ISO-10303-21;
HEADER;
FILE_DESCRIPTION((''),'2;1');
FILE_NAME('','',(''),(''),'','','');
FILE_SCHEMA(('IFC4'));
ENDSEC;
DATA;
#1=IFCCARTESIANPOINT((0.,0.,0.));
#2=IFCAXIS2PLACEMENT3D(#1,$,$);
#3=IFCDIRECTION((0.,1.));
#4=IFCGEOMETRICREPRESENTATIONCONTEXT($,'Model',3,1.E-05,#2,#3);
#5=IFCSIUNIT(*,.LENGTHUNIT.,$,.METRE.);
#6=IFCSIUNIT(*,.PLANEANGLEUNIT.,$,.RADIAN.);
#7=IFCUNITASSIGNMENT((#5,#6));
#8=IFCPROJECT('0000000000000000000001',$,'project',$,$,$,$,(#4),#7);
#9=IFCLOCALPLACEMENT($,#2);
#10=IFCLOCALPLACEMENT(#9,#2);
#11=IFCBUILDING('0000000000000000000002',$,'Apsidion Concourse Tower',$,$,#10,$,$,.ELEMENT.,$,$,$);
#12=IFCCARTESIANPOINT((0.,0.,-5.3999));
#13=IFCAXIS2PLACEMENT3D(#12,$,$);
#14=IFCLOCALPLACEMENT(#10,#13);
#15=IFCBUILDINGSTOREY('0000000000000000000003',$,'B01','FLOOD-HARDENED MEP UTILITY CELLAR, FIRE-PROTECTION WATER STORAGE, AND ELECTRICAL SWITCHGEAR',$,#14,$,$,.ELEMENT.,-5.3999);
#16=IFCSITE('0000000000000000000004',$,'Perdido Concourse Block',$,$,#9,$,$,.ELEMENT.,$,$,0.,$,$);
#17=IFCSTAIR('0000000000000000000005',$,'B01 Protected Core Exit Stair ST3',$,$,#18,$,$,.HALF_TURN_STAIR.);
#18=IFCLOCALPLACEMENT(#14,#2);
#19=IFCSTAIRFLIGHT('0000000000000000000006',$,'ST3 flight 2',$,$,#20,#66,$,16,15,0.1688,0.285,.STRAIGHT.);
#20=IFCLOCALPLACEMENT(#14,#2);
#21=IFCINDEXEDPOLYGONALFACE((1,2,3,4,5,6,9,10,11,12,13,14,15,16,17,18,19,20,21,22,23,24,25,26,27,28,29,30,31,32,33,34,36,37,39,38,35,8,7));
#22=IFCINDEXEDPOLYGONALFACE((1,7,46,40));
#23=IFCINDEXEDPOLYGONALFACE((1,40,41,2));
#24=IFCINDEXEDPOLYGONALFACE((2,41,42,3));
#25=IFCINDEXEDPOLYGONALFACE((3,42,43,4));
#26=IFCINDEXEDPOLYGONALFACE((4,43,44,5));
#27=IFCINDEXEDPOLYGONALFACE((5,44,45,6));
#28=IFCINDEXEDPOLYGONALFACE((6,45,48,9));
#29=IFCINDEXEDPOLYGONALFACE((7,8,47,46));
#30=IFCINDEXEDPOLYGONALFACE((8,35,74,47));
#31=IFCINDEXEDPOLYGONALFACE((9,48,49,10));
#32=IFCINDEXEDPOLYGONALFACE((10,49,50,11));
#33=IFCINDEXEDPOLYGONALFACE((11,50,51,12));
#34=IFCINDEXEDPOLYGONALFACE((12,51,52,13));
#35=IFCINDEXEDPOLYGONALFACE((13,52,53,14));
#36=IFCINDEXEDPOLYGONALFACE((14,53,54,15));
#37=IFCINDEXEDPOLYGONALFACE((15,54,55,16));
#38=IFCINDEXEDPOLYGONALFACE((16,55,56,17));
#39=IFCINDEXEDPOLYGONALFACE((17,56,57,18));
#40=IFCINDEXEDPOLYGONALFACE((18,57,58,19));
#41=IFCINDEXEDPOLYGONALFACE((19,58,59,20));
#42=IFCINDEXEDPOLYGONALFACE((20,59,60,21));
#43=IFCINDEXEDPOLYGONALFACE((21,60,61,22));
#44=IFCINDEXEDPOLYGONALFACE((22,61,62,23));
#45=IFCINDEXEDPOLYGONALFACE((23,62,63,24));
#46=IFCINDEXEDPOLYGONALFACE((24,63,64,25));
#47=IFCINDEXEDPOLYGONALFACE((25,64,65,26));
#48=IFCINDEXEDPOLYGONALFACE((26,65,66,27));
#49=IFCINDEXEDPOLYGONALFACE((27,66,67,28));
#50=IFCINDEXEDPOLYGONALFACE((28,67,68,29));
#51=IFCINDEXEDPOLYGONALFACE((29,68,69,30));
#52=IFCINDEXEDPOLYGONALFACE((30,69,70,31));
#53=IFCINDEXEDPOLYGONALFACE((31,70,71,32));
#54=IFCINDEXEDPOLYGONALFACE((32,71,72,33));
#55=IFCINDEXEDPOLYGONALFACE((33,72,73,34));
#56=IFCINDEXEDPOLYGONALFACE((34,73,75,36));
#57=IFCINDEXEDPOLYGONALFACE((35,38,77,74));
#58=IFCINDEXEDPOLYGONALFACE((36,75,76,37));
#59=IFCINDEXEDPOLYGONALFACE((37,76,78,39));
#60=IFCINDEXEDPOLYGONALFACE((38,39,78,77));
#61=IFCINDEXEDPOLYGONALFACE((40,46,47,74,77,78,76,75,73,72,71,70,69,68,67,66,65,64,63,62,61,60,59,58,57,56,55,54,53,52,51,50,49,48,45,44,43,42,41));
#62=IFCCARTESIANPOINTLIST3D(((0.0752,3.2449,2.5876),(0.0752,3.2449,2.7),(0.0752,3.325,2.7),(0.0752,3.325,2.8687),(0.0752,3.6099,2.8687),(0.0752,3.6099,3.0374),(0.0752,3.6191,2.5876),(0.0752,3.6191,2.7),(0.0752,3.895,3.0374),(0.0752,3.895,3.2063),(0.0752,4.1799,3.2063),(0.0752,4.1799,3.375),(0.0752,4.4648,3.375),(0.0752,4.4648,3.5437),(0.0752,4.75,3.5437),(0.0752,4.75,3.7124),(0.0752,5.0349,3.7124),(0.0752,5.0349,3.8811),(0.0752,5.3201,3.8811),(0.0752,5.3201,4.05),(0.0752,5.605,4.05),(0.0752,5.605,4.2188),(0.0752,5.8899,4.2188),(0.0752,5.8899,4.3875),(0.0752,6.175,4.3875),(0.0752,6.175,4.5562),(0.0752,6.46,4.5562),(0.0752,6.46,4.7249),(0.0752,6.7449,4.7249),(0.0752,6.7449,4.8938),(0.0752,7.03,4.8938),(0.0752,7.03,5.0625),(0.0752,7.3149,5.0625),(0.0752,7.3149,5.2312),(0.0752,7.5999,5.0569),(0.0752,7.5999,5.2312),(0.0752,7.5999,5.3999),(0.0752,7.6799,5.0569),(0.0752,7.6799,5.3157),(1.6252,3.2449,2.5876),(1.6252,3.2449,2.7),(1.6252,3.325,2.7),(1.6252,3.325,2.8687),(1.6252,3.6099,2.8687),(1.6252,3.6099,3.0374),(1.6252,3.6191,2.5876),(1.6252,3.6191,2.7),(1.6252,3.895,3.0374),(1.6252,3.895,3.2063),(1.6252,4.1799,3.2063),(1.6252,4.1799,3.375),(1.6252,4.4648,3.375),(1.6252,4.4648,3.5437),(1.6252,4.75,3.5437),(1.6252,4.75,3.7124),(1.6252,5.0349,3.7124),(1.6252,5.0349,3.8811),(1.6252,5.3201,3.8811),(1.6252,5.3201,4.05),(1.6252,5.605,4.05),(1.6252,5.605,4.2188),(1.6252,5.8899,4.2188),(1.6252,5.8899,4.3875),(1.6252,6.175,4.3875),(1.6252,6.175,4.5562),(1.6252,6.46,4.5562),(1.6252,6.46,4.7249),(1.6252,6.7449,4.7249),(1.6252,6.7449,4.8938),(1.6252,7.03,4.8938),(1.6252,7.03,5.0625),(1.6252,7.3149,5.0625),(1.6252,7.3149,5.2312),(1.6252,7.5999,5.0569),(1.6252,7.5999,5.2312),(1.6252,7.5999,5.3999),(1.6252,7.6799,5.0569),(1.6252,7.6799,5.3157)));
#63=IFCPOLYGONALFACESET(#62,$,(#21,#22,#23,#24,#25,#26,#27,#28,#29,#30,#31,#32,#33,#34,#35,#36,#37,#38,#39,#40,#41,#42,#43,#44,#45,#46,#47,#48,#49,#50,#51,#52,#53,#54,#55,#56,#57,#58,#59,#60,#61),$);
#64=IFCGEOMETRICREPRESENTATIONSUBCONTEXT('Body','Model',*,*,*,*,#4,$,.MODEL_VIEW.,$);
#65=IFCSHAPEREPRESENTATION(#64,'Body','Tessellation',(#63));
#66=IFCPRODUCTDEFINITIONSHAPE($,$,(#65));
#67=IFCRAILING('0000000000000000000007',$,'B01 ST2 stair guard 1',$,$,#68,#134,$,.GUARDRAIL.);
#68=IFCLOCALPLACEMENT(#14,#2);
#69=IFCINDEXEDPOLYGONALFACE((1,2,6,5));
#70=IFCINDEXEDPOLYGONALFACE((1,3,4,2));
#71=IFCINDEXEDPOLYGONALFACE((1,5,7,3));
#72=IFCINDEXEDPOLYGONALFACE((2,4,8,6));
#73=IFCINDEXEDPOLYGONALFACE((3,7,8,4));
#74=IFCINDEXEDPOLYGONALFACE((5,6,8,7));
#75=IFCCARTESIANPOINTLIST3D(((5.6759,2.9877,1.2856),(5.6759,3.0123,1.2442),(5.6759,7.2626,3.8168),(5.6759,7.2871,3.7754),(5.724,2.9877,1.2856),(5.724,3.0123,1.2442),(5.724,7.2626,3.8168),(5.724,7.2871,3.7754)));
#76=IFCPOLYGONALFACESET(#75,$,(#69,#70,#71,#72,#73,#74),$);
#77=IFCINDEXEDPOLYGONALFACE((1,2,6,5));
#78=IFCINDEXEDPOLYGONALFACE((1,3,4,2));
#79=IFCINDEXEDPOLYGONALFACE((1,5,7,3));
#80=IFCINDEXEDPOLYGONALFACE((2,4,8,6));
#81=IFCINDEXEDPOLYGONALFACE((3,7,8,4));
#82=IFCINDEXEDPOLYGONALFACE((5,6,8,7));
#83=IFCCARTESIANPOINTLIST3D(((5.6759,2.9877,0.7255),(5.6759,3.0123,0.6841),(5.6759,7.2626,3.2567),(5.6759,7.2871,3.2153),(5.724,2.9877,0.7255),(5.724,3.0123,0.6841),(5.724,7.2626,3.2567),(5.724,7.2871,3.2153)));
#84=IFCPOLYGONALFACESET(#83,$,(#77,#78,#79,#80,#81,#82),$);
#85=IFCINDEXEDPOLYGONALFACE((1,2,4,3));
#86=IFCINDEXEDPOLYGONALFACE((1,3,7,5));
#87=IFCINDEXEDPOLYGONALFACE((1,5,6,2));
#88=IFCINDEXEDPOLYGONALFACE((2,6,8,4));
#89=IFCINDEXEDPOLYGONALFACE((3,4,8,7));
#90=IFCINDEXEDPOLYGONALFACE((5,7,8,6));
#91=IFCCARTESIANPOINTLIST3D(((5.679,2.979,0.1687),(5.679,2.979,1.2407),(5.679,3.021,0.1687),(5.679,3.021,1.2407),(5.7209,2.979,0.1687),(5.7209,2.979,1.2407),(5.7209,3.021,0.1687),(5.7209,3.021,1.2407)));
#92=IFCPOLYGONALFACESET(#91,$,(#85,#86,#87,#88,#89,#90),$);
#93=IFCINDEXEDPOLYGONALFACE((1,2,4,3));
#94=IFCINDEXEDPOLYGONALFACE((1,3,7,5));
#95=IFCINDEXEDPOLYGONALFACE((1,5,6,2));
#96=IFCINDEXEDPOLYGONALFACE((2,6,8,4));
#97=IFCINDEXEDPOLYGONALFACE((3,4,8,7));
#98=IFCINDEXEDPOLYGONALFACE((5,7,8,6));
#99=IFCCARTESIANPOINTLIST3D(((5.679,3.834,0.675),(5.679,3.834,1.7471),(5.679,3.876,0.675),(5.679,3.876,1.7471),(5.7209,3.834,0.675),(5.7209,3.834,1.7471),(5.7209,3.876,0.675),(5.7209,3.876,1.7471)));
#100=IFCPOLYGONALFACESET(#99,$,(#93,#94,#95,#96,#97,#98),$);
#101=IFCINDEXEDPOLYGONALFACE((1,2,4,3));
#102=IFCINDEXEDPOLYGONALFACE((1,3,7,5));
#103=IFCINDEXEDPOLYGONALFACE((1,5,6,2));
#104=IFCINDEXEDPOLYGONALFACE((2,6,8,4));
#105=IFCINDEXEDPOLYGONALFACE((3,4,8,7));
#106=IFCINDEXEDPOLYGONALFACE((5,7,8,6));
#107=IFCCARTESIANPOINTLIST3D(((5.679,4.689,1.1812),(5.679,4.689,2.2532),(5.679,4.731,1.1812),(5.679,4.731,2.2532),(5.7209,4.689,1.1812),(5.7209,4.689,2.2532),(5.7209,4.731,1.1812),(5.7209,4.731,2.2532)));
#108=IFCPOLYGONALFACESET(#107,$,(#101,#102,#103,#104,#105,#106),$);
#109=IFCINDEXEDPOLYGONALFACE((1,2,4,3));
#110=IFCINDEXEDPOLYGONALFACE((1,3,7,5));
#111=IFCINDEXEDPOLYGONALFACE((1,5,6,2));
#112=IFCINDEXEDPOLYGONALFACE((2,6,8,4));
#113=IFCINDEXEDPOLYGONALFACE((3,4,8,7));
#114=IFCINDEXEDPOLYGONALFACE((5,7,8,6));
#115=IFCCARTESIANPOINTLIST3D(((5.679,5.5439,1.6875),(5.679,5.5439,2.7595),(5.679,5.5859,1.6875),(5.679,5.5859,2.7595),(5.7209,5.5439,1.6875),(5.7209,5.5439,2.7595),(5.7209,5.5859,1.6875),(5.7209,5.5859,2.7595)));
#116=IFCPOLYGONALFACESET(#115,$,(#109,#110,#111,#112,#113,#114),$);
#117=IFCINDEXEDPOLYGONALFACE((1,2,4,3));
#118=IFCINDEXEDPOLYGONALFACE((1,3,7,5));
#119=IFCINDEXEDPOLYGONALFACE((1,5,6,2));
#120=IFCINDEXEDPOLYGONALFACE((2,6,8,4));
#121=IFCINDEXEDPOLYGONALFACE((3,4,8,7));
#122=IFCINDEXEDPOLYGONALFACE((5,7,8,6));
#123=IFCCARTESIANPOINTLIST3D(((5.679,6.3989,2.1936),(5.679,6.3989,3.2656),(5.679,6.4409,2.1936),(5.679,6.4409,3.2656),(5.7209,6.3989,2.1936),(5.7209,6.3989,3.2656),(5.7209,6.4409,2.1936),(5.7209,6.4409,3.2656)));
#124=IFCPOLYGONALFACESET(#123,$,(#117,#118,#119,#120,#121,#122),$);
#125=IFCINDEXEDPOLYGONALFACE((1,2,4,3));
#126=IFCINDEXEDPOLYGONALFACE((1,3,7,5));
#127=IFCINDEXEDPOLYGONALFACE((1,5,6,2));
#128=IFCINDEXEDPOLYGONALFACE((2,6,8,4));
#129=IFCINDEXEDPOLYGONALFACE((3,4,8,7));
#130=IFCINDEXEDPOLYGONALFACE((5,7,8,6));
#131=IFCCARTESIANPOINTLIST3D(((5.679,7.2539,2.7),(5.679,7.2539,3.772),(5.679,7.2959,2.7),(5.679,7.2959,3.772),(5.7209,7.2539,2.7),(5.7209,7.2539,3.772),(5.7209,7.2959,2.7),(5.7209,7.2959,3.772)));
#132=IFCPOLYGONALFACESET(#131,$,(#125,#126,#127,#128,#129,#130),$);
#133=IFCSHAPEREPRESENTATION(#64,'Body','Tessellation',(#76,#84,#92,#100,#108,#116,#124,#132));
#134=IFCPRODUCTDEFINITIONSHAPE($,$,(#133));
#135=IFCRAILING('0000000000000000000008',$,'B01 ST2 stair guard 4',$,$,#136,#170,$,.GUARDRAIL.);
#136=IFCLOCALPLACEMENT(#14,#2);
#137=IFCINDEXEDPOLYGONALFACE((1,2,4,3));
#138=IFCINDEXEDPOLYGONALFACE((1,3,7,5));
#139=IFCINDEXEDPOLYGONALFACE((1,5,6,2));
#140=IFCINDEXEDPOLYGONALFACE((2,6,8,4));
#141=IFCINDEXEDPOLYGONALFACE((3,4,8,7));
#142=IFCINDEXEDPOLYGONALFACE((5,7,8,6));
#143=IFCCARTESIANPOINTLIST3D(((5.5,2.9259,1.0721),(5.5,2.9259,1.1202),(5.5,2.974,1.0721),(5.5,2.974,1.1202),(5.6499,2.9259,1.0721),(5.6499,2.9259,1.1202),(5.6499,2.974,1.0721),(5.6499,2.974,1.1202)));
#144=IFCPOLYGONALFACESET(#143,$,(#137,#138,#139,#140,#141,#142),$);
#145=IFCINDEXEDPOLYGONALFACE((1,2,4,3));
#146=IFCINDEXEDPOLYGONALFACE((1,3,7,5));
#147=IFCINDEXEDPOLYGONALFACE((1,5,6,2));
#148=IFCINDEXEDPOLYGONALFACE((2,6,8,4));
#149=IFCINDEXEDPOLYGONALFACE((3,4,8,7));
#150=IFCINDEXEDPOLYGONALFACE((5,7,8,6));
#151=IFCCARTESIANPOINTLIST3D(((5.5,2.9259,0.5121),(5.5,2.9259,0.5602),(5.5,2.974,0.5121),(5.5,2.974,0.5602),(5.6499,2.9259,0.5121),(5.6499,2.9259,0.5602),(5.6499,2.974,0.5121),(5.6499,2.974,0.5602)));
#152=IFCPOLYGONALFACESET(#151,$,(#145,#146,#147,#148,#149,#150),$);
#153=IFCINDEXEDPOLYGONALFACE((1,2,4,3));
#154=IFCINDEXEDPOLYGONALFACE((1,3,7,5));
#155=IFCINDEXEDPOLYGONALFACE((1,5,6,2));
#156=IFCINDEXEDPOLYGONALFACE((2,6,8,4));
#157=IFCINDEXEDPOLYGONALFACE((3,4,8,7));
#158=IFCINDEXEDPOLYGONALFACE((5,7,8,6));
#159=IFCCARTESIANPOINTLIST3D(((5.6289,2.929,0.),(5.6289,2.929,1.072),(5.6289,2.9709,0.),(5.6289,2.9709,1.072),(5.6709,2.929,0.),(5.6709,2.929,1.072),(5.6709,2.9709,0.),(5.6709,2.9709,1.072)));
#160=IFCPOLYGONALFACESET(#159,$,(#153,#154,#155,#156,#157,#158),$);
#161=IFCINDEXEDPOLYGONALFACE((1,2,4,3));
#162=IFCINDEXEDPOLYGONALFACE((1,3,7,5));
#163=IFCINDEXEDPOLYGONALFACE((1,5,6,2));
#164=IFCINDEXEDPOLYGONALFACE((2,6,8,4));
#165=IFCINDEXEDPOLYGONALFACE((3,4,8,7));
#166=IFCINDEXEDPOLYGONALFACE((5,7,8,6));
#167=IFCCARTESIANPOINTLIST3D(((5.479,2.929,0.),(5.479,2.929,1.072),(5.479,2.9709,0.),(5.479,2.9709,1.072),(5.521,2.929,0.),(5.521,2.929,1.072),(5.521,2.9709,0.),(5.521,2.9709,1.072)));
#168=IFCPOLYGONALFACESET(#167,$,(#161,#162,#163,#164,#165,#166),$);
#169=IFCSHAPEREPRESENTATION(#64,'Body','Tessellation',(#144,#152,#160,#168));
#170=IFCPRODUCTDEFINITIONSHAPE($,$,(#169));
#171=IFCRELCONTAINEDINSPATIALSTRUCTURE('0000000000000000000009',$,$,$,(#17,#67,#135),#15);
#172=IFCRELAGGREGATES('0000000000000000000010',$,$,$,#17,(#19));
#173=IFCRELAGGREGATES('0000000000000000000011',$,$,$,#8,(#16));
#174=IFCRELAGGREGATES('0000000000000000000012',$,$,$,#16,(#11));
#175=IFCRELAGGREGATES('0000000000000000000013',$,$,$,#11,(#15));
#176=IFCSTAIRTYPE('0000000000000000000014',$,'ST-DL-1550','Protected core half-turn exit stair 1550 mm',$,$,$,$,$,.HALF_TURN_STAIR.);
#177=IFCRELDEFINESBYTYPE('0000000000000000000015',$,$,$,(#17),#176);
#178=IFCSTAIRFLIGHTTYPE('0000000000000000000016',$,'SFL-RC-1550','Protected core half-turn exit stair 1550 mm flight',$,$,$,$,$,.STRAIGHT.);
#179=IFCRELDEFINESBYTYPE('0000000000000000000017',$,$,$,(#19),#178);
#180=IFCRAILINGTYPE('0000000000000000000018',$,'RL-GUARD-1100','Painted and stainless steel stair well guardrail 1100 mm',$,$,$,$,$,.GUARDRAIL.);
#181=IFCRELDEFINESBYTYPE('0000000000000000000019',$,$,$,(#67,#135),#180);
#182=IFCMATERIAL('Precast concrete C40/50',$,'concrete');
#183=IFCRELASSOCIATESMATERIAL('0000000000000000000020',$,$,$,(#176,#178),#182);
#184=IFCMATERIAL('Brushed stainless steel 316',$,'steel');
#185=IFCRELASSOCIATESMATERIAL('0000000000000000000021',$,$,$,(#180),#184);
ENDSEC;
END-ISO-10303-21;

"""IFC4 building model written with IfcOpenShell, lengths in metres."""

from ifc_helpers import new_model, si_unit, direction, frame, origin, origin_2d, place, context, subcontext, project, spatial, polyline, rectangle, outline, extrude, material, type_object, element, aggregate, save


model = new_model("IFC4")

# Units and contexts
model_context = context("Model", 3, precision=1e-05, world=origin(), true_north=direction((0.0, 1.0)))
body_context = subcontext(model_context, "Body", "Model", "MODEL_VIEW")
ifc_project = project(units=[si_unit("LENGTHUNIT", "METRE"), si_unit("PLANEANGLEUNIT", "RADIAN")], contexts=[model_context])

# Site, building, storey
site_placement = place(None, origin())
site = spatial("IfcSite", under=ifc_project, at=site_placement, Name="Perdido Concourse Block", CompositionType="ELEMENT", RefElevation=0.0)
building_placement = place(site_placement, origin())
building = spatial("IfcBuilding", under=site, at=building_placement, Name="Apsidion Concourse Tower", CompositionType="ELEMENT")
storey_placement = place(building_placement, frame((0.0, 0.0, -5.3999)))
storey = spatial("IfcBuildingStorey", under=building, at=storey_placement, Name="B01", Description="FLOOD-HARDENED MEP UTILITY CELLAR, FIRE-PROTECTION WATER STORAGE, AND ELECTRICAL SWITCHGEAR", CompositionType="ELEMENT", Elevation=-5.3999)

# Stair
ifc_material_1 = material(Name="Precast concrete C40/50", Category="concrete")
stair_type = type_object("IfcStairType", Name="ST-DL-1550", Description="Protected core half-turn exit stair 1550 mm", PredefinedType="HALF_TURN_STAIR", material=ifc_material_1)
stair_1_placement = place(storey_placement, origin())
stair_1 = element("IfcStair", 1, at=stair_1_placement, inside=storey, type_object=stair_type, Name="B01 Protected Core Exit Stair ST3", PredefinedType="HALF_TURN_STAIR")

# Stair flight
stair_flight_type = type_object("IfcStairFlightType", Name="SFL-RC-1550", Description="Protected core half-turn exit stair 1550 mm flight", PredefinedType="STRAIGHT", material=ifc_material_1)
stair_flight_1_placement = place(storey_placement, frame((0.8501, 3.325, 2.7), z_axis=(0.0, 0.0, 1.0), x_axis=(0.0, 1.0, 0.0)))
stair_flight_1 = element("IfcStairFlight", 2, at=stair_flight_1_placement, type_object=stair_flight_type, Name="ST3 flight 2", NumberOfRisers=16, NumberOfTreads=15, PredefinedType="STRAIGHT", RiserHeight=0.1688, TreadLength=0.285, context=body_context, shape_type="SweptSolid", body=[
    extrude(outline(polyline([(-0.0801, -0.1123), (-0.0801, 0.0), (0.0, 0.0), (0.0, 0.1687), (0.2849, 0.1687), (0.2849, 0.3374), (0.5701, 0.3374), (0.5701, 0.5063), (0.855, 0.5063), (0.855, 0.675), (1.1399, 0.675), (1.1399, 0.8438), (1.425, 0.8438), (1.425, 1.0125), (1.71, 1.0125), (1.71, 1.1812), (1.9951, 1.1812), (1.9951, 1.3501), (2.28, 1.3501), (2.28, 1.5188), (2.5649, 1.5188), (2.5649, 1.6875), (2.8501, 1.6875), (2.8501, 1.8562), (3.135, 1.8562), (3.135, 2.0249), (3.4199, 2.0249), (3.4199, 2.1938), (3.7051, 2.1938), (3.7051, 2.3625), (3.99, 2.3625), (3.99, 2.5312), (4.2749, 2.5312), (4.2749, 2.7), (4.355, 2.6157), (4.355, 2.3569), (4.2749, 2.3569), (0.2942, 0.0), (0.2942, -0.1123), (-0.0801, -0.1123)])), frame((0.0, 0.7749, 0.0), z_axis=(0.0, -1.0, 0.0), x_axis=(1.0, 0.0, 0.0)), (0.0, 0.0, 1.0), 1.55),
])
aggregate(stair_1, [stair_flight_1])

# Railings
ifc_material_2 = material(Name="Brushed stainless steel 316", Category="steel")
railing_type_1 = type_object("IfcRailingType", Name="RL-GUARD-1100", Description="Painted and stainless steel stair well guardrail 1100 mm", PredefinedType="GUARDRAIL", material=ifc_material_2)
railing_1_placement = place(storey_placement, frame((5.7, 3.0, 0.1687)))
element("IfcRailing", 3, at=railing_1_placement, inside=storey, type_object=railing_type_1, Name="B01 ST2 stair guard 1", PredefinedType="GUARDRAIL", context=body_context, shape_type="SweptSolid", body=[
    extrude(rectangle(XDim=0.0481, YDim=0.0481, at=origin_2d()), frame((0.0, 0.0, 1.0962), z_axis=(0.0, 0.86047, 0.509501), x_axis=(-1.0, 0.0, 0.0)), (0.0, 0.0, 1.0), 4.968),
    extrude(rectangle(XDim=0.0481, YDim=0.0481, at=origin_2d()), frame((0.0, 0.0, 0.5361), z_axis=(0.0, 0.86047, 0.509501), x_axis=(-1.0, 0.0, 0.0)), (0.0, 0.0, 1.0), 4.968),
    extrude(rectangle(XDim=0.042, YDim=0.042, at=origin_2d()), origin(), (0.0, 0.0, 1.0), 1.072),
    extrude(rectangle(XDim=0.042, YDim=0.042, at=origin_2d()), frame((0.0, 0.855, 0.5063)), (0.0, 0.0, 1.0), 1.072),
    extrude(rectangle(XDim=0.042, YDim=0.042, at=origin_2d()), frame((0.0, 1.71, 1.0125)), (0.0, 0.0, 1.0), 1.072),
    extrude(rectangle(XDim=0.042, YDim=0.042, at=origin_2d()), frame((0.0, 2.5649, 1.5188)), (0.0, 0.0, 1.0), 1.072),
    extrude(rectangle(XDim=0.042, YDim=0.042, at=origin_2d()), frame((0.0, 3.4199, 2.0249)), (0.0, 0.0, 1.0), 1.072),
    extrude(rectangle(XDim=0.042, YDim=0.042, at=origin_2d()), frame((0.0, 4.2749, 2.5312)), (0.0, 0.0, 1.0), 1.072),
])
railing_2_placement = place(storey_placement, frame((5.6499, 2.95, 0.0)))
element("IfcRailing", 4, at=railing_2_placement, inside=storey, type_object=railing_type_1, Name="B01 ST2 stair guard 4", PredefinedType="GUARDRAIL", context=body_context, shape_type="SweptSolid", body=[
    extrude(rectangle(XDim=0.0481, YDim=0.0481, at=origin_2d()), frame((0.0, 0.0, 1.0962), z_axis=(-1.0, 0.0, 0.0), x_axis=(0.0, -1.0, 0.0)), (0.0, 0.0, 1.0), 0.1499),
    extrude(rectangle(XDim=0.0481, YDim=0.0481, at=origin_2d()), frame((0.0, 0.0, 0.5361), z_axis=(-1.0, 0.0, 0.0), x_axis=(0.0, -1.0, 0.0)), (0.0, 0.0, 1.0), 0.1499),
    extrude(rectangle(XDim=0.042, YDim=0.042, at=origin_2d()), origin(), (0.0, 0.0, 1.0), 1.072),
    extrude(rectangle(XDim=0.042, YDim=0.042, at=origin_2d()), frame((-0.1499, 0.0, 0.0)), (0.0, 0.0, 1.0), 1.072),
])

save(model, "model.ifc")
